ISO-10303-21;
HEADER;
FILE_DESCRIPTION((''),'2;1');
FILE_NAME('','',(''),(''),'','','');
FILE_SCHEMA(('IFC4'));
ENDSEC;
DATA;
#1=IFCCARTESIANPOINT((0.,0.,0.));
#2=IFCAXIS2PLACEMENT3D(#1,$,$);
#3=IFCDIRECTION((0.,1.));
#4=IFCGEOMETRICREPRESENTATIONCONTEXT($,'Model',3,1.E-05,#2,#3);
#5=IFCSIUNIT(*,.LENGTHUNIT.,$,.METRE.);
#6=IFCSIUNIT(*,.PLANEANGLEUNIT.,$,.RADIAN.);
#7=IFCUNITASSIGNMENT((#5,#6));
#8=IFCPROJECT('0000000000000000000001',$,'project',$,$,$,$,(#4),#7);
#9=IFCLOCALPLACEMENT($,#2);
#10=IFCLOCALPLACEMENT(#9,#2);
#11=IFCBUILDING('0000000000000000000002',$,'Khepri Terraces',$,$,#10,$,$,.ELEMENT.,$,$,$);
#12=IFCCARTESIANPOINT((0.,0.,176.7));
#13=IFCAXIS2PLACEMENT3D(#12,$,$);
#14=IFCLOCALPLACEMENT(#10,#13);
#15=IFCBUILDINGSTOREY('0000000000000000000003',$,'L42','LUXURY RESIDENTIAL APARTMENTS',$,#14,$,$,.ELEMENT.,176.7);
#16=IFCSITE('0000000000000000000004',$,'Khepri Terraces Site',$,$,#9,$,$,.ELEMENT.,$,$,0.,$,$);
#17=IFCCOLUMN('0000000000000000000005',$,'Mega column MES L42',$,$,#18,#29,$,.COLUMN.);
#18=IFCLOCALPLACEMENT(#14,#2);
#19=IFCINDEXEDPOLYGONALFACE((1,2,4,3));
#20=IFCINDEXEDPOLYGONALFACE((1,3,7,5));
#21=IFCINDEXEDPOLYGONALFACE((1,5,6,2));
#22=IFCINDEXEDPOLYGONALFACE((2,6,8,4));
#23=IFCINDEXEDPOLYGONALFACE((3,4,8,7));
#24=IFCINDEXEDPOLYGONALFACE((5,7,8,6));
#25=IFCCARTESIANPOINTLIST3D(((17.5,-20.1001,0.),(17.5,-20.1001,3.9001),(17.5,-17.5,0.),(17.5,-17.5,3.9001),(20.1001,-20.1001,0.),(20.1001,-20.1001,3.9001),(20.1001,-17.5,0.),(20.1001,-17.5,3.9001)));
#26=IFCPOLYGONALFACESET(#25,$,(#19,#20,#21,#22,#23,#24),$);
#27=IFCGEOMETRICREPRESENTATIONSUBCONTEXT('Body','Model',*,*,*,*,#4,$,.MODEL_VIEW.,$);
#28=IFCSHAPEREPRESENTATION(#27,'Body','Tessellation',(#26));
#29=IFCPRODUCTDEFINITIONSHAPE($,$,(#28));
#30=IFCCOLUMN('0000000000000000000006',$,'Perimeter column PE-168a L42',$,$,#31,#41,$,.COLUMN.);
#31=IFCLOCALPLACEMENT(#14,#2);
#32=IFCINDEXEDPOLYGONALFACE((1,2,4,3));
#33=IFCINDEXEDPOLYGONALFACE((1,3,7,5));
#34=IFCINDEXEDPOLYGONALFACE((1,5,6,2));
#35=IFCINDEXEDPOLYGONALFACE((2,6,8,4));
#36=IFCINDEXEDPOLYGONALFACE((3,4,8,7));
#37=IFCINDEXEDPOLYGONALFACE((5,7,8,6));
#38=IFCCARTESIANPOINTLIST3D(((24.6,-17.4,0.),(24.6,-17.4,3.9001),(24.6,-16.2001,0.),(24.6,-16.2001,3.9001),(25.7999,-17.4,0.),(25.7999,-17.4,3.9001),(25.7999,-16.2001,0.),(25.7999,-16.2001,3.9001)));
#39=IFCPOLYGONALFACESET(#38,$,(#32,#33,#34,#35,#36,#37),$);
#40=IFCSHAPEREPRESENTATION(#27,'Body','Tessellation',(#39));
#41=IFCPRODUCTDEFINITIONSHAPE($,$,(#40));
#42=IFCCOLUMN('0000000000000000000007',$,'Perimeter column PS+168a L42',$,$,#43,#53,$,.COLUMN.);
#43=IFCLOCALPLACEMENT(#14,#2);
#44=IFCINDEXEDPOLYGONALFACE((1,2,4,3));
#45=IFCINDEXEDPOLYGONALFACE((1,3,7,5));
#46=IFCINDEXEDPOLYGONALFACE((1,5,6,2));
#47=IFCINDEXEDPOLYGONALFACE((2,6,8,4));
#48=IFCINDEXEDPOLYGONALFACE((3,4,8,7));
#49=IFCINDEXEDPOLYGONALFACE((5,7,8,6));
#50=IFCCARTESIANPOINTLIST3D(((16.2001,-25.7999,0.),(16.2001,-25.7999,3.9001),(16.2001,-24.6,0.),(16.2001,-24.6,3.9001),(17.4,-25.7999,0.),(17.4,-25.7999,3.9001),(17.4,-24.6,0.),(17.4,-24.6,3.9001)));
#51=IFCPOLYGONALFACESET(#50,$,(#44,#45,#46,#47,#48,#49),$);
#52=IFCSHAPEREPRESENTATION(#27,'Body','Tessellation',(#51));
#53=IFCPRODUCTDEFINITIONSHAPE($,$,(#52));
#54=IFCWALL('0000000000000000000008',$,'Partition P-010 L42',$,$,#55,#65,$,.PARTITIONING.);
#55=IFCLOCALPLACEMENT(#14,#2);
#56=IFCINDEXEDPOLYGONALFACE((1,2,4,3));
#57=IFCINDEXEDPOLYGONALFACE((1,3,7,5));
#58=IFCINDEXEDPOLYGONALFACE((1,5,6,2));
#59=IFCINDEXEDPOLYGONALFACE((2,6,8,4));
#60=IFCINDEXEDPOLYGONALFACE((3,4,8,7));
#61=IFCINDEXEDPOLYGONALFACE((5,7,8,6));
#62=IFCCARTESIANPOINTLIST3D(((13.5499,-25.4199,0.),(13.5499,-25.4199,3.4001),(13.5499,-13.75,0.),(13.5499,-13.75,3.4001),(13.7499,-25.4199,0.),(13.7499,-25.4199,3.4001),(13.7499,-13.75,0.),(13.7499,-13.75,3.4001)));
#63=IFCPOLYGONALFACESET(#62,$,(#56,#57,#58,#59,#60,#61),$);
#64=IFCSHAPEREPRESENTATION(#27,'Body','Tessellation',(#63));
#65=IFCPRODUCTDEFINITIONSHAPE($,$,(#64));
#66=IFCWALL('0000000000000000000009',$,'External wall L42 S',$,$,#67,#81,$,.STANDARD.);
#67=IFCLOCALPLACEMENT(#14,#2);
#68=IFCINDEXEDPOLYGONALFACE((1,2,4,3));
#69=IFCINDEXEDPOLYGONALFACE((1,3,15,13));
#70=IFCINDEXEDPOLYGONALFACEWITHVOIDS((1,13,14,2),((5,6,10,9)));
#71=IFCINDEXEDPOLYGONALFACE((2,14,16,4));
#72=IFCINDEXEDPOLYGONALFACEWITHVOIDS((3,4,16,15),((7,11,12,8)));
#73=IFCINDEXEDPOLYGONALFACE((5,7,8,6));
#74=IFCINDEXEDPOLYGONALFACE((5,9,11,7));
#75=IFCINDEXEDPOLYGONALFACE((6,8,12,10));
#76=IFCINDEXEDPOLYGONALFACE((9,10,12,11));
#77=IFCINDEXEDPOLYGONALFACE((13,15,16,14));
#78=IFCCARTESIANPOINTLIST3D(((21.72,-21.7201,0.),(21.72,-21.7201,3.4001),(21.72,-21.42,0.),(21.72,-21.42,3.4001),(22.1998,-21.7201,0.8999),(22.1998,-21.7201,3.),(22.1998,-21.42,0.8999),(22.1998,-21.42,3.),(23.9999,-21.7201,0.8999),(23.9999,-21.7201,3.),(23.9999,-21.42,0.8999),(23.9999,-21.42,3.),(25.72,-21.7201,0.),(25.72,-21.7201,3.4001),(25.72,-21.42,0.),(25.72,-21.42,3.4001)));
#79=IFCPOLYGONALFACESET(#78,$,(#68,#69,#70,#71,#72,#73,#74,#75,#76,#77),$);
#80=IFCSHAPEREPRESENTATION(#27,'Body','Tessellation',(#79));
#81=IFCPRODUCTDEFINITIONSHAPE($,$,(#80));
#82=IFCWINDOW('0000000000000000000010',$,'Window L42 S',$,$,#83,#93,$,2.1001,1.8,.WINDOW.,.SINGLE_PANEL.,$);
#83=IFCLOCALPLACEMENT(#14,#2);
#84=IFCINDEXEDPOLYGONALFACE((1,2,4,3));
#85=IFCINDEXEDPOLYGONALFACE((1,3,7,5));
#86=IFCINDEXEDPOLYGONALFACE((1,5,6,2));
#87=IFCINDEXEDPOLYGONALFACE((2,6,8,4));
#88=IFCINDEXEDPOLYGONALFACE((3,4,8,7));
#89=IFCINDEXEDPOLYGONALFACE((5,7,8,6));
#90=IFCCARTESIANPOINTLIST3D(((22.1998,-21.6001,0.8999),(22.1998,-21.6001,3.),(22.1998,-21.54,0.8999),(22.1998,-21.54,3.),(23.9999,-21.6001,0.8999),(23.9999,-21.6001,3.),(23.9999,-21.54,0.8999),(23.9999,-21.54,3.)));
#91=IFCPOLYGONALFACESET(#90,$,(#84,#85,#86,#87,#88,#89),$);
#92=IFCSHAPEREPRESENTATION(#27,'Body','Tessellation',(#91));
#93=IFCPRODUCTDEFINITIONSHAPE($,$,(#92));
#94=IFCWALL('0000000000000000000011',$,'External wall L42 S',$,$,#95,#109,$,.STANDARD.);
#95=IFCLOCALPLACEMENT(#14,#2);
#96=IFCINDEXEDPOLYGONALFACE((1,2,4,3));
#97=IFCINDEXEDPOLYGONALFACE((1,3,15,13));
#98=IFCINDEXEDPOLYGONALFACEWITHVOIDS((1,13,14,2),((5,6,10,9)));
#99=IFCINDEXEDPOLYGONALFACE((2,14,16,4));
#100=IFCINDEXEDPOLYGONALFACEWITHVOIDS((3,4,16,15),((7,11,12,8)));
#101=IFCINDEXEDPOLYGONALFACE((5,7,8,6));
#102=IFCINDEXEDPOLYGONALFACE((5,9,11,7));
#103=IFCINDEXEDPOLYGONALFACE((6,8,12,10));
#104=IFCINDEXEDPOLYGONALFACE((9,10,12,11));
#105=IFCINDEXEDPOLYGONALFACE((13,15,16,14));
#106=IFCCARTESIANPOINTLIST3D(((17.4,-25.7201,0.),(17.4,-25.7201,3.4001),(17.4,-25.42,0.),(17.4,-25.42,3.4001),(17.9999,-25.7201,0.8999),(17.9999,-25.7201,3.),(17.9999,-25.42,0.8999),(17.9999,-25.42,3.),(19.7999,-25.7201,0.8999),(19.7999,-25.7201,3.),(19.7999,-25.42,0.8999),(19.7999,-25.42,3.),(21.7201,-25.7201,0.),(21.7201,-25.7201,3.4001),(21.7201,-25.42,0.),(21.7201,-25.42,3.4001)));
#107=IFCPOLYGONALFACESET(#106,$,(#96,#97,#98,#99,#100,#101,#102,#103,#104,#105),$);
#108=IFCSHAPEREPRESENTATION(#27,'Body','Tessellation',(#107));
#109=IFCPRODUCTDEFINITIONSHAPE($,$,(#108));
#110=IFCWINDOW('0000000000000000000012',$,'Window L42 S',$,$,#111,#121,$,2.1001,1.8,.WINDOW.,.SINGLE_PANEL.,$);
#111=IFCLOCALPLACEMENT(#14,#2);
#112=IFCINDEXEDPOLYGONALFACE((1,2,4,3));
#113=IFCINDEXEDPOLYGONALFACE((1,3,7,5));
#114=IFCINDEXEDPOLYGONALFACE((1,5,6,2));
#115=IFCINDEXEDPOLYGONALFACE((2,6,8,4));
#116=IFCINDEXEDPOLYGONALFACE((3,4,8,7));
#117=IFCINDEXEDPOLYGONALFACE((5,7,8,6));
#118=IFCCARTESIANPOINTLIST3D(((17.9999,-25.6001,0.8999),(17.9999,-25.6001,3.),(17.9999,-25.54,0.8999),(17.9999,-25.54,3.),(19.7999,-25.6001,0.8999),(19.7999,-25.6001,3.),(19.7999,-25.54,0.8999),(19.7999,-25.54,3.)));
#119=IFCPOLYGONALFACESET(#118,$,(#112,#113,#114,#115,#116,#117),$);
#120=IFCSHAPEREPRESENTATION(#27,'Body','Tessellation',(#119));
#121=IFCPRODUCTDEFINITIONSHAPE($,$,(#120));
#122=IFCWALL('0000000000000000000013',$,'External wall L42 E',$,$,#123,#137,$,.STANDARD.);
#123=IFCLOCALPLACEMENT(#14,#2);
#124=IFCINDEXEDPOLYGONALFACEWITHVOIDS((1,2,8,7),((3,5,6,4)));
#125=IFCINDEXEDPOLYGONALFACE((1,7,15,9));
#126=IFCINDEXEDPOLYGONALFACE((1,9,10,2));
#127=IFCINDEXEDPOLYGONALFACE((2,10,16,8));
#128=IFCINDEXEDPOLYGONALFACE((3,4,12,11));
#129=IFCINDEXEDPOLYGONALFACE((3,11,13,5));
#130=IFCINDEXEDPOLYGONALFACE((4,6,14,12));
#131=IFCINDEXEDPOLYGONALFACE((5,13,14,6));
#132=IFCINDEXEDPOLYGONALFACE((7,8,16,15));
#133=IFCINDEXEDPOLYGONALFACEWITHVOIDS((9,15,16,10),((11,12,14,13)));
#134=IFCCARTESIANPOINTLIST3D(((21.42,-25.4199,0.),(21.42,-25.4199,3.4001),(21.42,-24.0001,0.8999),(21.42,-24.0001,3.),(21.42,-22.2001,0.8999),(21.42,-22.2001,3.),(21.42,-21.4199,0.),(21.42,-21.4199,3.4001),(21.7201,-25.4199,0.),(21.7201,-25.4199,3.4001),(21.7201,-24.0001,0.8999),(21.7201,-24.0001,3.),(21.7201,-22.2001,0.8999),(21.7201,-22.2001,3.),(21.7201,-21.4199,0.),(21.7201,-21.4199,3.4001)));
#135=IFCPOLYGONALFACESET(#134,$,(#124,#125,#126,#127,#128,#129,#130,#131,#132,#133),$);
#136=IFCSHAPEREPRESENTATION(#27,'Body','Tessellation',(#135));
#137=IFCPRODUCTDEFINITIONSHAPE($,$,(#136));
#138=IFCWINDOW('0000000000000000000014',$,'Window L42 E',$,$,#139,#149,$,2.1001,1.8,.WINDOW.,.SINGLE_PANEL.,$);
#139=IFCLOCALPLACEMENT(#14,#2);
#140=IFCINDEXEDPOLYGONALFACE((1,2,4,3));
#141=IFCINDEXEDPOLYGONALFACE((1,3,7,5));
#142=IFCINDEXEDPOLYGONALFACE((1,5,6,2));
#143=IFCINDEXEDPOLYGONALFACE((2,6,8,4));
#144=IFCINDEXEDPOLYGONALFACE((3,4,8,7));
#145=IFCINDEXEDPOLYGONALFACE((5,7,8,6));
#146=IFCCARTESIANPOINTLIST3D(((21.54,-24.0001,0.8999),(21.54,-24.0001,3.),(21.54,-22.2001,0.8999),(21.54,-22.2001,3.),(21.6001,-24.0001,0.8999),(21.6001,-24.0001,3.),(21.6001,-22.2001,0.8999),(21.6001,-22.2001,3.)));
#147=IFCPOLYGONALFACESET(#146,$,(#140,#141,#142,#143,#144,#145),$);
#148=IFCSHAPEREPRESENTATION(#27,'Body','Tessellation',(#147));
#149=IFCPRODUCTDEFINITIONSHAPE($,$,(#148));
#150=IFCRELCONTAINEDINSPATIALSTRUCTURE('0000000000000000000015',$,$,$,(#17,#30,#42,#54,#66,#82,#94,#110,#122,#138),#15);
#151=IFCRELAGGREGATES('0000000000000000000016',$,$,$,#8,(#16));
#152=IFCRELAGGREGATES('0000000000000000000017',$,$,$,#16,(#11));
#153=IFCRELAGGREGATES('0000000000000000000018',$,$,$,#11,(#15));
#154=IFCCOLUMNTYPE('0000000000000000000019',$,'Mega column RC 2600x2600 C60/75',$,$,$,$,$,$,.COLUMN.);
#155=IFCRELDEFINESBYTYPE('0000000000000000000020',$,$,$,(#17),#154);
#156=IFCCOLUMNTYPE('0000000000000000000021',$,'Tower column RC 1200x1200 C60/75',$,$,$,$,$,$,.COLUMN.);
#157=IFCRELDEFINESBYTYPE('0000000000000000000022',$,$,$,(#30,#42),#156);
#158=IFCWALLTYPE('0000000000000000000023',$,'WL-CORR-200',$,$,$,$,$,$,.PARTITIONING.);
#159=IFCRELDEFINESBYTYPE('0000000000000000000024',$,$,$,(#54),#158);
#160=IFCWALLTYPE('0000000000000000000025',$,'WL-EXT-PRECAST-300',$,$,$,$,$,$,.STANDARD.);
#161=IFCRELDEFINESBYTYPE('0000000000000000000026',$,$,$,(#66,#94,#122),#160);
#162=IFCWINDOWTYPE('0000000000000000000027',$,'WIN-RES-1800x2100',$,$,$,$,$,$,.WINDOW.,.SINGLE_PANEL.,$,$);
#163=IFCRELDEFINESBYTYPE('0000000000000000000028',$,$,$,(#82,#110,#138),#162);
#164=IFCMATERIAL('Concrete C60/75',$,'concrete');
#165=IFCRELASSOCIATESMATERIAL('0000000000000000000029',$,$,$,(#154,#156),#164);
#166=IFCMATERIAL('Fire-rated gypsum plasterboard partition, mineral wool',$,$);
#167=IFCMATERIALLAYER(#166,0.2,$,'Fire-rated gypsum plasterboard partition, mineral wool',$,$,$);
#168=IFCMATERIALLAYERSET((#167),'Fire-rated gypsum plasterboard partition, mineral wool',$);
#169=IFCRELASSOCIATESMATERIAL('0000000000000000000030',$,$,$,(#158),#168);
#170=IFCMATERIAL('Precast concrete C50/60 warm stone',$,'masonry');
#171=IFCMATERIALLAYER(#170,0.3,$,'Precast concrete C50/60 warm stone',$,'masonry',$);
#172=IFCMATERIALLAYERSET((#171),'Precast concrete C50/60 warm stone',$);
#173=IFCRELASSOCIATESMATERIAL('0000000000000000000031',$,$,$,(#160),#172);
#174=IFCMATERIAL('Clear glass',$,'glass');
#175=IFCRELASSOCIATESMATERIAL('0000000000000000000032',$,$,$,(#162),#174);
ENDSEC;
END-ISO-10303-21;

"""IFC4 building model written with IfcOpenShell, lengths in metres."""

from ifc_helpers import new_model, si_unit, direction, frame, frame_2d, origin, origin_2d, place, context, subcontext, project, spatial, rectangle, extrude, material, layer, layer_set, material_profile, profile_set, type_object, element, fill, save


model = new_model("IFC4")

# Units and contexts
model_context = context("Model", 3, precision=1e-05, world=origin(), true_north=direction((0.0, 1.0)))
body_context = subcontext(model_context, "Body", "Model", "MODEL_VIEW")
ifc_project = project(units=[si_unit("LENGTHUNIT", "METRE"), si_unit("PLANEANGLEUNIT", "RADIAN")], contexts=[model_context])

# Site, building, storey
site_placement = place(None, origin())
site = spatial("IfcSite", under=ifc_project, at=site_placement, Name="Khepri Terraces Site", CompositionType="ELEMENT", RefElevation=0.0)
building_placement = place(site_placement, origin())
building = spatial("IfcBuilding", under=site, at=building_placement, Name="Khepri Terraces", CompositionType="ELEMENT")
storey_placement = place(building_placement, frame((0.0, 0.0, 176.7)))
storey = spatial("IfcBuildingStorey", under=building, at=storey_placement, Name="L42", Description="LUXURY RESIDENTIAL APARTMENTS", CompositionType="ELEMENT", Elevation=176.7)

# Columns
ifc_material_1 = material(Name="Concrete C60/75", Category="concrete")
ifc_material_profile_1 = material_profile(ifc_material_1, rectangle(XDim=2.6001, YDim=2.6001, at=origin_2d()), Name="Concrete C60/75", Category="concrete")
ifc_profile_set_1 = profile_set([ifc_material_profile_1], Name="Concrete C60/75")
column_type_1 = type_object("IfcColumnType", Name="Mega column RC 2600x2600 C60/75", PredefinedType="COLUMN", material=ifc_profile_set_1)
column_placement = place(storey_placement, frame((18.8, -18.8, 0.0), z_axis=(0.0, 0.0, 1.0), x_axis=(1.0, 0.0, 0.0)))
element("IfcColumn", 1, at=column_placement, inside=storey, type_object=column_type_1, Name="Mega column MES L42", PredefinedType="COLUMN", context=body_context, shape_type="SweptSolid", body=[
    extrude(rectangle(XDim=2.6001, YDim=2.6001, at=origin_2d()), origin(), (0.0, 0.0, 1.0), 3.9001),
])
ifc_material_profile_2 = material_profile(ifc_material_1, rectangle(XDim=1.2, YDim=1.2, at=origin_2d()), Name="Concrete C60/75", Category="concrete")
ifc_profile_set_2 = profile_set([ifc_material_profile_2], Name="Concrete C60/75")
column_type_2 = type_object("IfcColumnType", Name="Tower column RC 1200x1200 C60/75", PredefinedType="COLUMN", material=ifc_profile_set_2)
for number, where, z_axis, x_axis, name in (
    (2, (25.2, -16.8, 0.0), (0.0, 0.0, 1.0), (1.0, 0.0, 0.0), "Perimeter column PE-168a L42"),
    (3, (16.8, -25.2, 0.0), (0.0, 0.0, 1.0), (1.0, 0.0, 0.0), "Perimeter column PS+168a L42"),
):
    element("IfcColumn", number, at=place(storey_placement, frame(where, z_axis=z_axis, x_axis=x_axis)), inside=storey, type_object=column_type_2, Name=name, PredefinedType="COLUMN", context=body_context, shape_type="SweptSolid", body=[
        extrude(rectangle(XDim=1.2, YDim=1.2, at=origin_2d()), origin(), (0.0, 0.0, 1.0), 3.9001),
    ])

# Wall
ifc_material_2 = material(Name="Fire-rated gypsum plasterboard partition, mineral wool")
ifc_layer_1 = layer(ifc_material_2, 0.2, Name="Fire-rated gypsum plasterboard partition, mineral wool")
ifc_layer_set_1 = layer_set([ifc_layer_1], Name="Fire-rated gypsum plasterboard partition, mineral wool")
wall_type_1 = type_object("IfcWallType", Name="WL-CORR-200", PredefinedType="PARTITIONING", material=ifc_layer_set_1)
wall_1_placement = place(storey_placement, frame((13.6499, -25.4199, 0.0), z_axis=(0.0, 0.0, 1.0), x_axis=(0.0, 1.0, 0.0)))
element("IfcWall", 4, at=wall_1_placement, inside=storey, type_object=wall_type_1, Name="Partition P-010 L42", PredefinedType="PARTITIONING", context=body_context, shape_type="SweptSolid", body=[
    extrude(rectangle(XDim=11.6699, YDim=0.2, at=frame_2d((5.835, 0.0))), origin(), (0.0, 0.0, 1.0), 3.4001),
])

# Wall, opening, window
ifc_material_3 = material(Name="Precast concrete C50/60 warm stone", Category="masonry")
ifc_layer_2 = layer(ifc_material_3, 0.3, Name="Precast concrete C50/60 warm stone", Category="masonry")
ifc_layer_set_2 = layer_set([ifc_layer_2], Name="Precast concrete C50/60 warm stone")
wall_type_2 = type_object("IfcWallType", Name="WL-EXT-PRECAST-300", PredefinedType="STANDARD", material=ifc_layer_set_2)
wall_2_placement = place(storey_placement, frame((21.72, -21.5701, 0.0), z_axis=(0.0, 0.0, 1.0), x_axis=(1.0, 0.0, 0.0)))
wall_2 = element("IfcWall", 5, at=wall_2_placement, inside=storey, type_object=wall_type_2, Name="External wall L42 S", PredefinedType="STANDARD", context=body_context, shape_type="SweptSolid", body=[
    extrude(rectangle(XDim=4.0, YDim=0.3, at=frame_2d((2.0, 0.0))), origin(), (0.0, 0.0, 1.0), 3.4001),
])
opening_1_placement = place(wall_2_placement, frame((0.48, 0.0, 0.8999)))
opening_1 = element("IfcOpeningElement", 6, at=opening_1_placement, cuts=wall_2, PredefinedType="OPENING", context=body_context, shape_type="SweptSolid", body=[
    extrude(rectangle(XDim=1.8, YDim=2.1001, at=frame_2d((0.8999, 1.05))), frame((0.0, 0.1602, 0.0), z_axis=(0.0, -1.0, 0.0), x_axis=(1.0, 0.0, 0.0)), (0.0, 0.0, 1.0), 0.3201),
])
ifc_material_4 = material(Name="Clear glass", Category="glass")
window_type = type_object("IfcWindowType", Name="WIN-RES-1800x2100", PartitioningType="SINGLE_PANEL", PredefinedType="WINDOW", material=ifc_material_4)
window_1_placement = place(opening_1_placement, origin())
window_1 = element("IfcWindow", 7, at=window_1_placement, inside=storey, type_object=window_type, Name="Window L42 S", OverallHeight=2.1001, OverallWidth=1.8, PartitioningType="SINGLE_PANEL", PredefinedType="WINDOW", context=body_context, shape_type="SweptSolid", body=[
    extrude(rectangle(XDim=1.8, YDim=2.1001, at=frame_2d((0.8999, 1.05))), frame((0.0, 0.03, 0.0), z_axis=(0.0, -1.0, 0.0), x_axis=(1.0, 0.0, 0.0)), (0.0, 0.0, 1.0), 0.0601),
])
fill(opening_1, window_1)

# Walls, openings, windows
wall_3_placement = place(storey_placement, frame((17.3999, -25.5701, 0.0), z_axis=(0.0, 0.0, 1.0), x_axis=(1.0, 0.0, 0.0)))
wall_3 = element("IfcWall", 8, at=wall_3_placement, inside=storey, type_object=wall_type_2, Name="External wall L42 S", PredefinedType="STANDARD", context=body_context, shape_type="SweptSolid", body=[
    extrude(rectangle(XDim=4.3201, YDim=0.3, at=frame_2d((2.1602, 0.0))), origin(), (0.0, 0.0, 1.0), 3.4001),
])
opening_2_placement = place(wall_3_placement, frame((0.6001, 0.0, 0.8999)))
opening_2 = element("IfcOpeningElement", 9, at=opening_2_placement, cuts=wall_3, PredefinedType="OPENING", context=body_context, shape_type="SweptSolid", body=[
    extrude(rectangle(XDim=1.8, YDim=2.1001, at=frame_2d((0.8999, 1.05))), frame((0.0, 0.1602, 0.0), z_axis=(0.0, -1.0, 0.0), x_axis=(1.0, 0.0, 0.0)), (0.0, 0.0, 1.0), 0.3201),
])
window_2_placement = place(opening_2_placement, origin())
window_2 = element("IfcWindow", 10, at=window_2_placement, inside=storey, type_object=window_type, Name="Window L42 S", OverallHeight=2.1001, OverallWidth=1.8, PartitioningType="SINGLE_PANEL", PredefinedType="WINDOW", context=body_context, shape_type="SweptSolid", body=[
    extrude(rectangle(XDim=1.8, YDim=2.1001, at=frame_2d((0.8999, 1.05))), frame((0.0, 0.03, 0.0), z_axis=(0.0, -1.0, 0.0), x_axis=(1.0, 0.0, 0.0)), (0.0, 0.0, 1.0), 0.0601),
])
fill(opening_2, window_2)
wall_4_placement = place(storey_placement, frame((21.5701, -25.4199, 0.0), z_axis=(0.0, 0.0, 1.0), x_axis=(0.0, 1.0, 0.0)))
wall_4 = element("IfcWall", 11, at=wall_4_placement, inside=storey, type_object=wall_type_2, Name="External wall L42 E", PredefinedType="STANDARD", context=body_context, shape_type="SweptSolid", body=[
    extrude(rectangle(XDim=4.0, YDim=0.3, at=frame_2d((2.0, 0.0))), origin(), (0.0, 0.0, 1.0), 3.4001),
])
opening_3_placement = place(wall_4_placement, frame((1.4199, 0.0, 0.8999)))
opening_3 = element("IfcOpeningElement", 12, at=opening_3_placement, cuts=wall_4, PredefinedType="OPENING", context=body_context, shape_type="SweptSolid", body=[
    extrude(rectangle(XDim=1.8, YDim=2.1001, at=frame_2d((0.8999, 1.05))), frame((0.0, 0.1602, 0.0), z_axis=(0.0, -1.0, 0.0), x_axis=(1.0, 0.0, 0.0)), (0.0, 0.0, 1.0), 0.3201),
])
window_3_placement = place(opening_3_placement, origin())
window_3 = element("IfcWindow", 13, at=window_3_placement, inside=storey, type_object=window_type, Name="Window L42 E", OverallHeight=2.1001, OverallWidth=1.8, PartitioningType="SINGLE_PANEL", PredefinedType="WINDOW", context=body_context, shape_type="SweptSolid", body=[
    extrude(rectangle(XDim=1.8, YDim=2.1001, at=frame_2d((0.8999, 1.05))), frame((0.0, 0.03, 0.0), z_axis=(0.0, -1.0, 0.0), x_axis=(1.0, 0.0, 0.0)), (0.0, 0.0, 1.0), 0.0601),
])
fill(opening_3, window_3)

save(model, "model.ifc")
